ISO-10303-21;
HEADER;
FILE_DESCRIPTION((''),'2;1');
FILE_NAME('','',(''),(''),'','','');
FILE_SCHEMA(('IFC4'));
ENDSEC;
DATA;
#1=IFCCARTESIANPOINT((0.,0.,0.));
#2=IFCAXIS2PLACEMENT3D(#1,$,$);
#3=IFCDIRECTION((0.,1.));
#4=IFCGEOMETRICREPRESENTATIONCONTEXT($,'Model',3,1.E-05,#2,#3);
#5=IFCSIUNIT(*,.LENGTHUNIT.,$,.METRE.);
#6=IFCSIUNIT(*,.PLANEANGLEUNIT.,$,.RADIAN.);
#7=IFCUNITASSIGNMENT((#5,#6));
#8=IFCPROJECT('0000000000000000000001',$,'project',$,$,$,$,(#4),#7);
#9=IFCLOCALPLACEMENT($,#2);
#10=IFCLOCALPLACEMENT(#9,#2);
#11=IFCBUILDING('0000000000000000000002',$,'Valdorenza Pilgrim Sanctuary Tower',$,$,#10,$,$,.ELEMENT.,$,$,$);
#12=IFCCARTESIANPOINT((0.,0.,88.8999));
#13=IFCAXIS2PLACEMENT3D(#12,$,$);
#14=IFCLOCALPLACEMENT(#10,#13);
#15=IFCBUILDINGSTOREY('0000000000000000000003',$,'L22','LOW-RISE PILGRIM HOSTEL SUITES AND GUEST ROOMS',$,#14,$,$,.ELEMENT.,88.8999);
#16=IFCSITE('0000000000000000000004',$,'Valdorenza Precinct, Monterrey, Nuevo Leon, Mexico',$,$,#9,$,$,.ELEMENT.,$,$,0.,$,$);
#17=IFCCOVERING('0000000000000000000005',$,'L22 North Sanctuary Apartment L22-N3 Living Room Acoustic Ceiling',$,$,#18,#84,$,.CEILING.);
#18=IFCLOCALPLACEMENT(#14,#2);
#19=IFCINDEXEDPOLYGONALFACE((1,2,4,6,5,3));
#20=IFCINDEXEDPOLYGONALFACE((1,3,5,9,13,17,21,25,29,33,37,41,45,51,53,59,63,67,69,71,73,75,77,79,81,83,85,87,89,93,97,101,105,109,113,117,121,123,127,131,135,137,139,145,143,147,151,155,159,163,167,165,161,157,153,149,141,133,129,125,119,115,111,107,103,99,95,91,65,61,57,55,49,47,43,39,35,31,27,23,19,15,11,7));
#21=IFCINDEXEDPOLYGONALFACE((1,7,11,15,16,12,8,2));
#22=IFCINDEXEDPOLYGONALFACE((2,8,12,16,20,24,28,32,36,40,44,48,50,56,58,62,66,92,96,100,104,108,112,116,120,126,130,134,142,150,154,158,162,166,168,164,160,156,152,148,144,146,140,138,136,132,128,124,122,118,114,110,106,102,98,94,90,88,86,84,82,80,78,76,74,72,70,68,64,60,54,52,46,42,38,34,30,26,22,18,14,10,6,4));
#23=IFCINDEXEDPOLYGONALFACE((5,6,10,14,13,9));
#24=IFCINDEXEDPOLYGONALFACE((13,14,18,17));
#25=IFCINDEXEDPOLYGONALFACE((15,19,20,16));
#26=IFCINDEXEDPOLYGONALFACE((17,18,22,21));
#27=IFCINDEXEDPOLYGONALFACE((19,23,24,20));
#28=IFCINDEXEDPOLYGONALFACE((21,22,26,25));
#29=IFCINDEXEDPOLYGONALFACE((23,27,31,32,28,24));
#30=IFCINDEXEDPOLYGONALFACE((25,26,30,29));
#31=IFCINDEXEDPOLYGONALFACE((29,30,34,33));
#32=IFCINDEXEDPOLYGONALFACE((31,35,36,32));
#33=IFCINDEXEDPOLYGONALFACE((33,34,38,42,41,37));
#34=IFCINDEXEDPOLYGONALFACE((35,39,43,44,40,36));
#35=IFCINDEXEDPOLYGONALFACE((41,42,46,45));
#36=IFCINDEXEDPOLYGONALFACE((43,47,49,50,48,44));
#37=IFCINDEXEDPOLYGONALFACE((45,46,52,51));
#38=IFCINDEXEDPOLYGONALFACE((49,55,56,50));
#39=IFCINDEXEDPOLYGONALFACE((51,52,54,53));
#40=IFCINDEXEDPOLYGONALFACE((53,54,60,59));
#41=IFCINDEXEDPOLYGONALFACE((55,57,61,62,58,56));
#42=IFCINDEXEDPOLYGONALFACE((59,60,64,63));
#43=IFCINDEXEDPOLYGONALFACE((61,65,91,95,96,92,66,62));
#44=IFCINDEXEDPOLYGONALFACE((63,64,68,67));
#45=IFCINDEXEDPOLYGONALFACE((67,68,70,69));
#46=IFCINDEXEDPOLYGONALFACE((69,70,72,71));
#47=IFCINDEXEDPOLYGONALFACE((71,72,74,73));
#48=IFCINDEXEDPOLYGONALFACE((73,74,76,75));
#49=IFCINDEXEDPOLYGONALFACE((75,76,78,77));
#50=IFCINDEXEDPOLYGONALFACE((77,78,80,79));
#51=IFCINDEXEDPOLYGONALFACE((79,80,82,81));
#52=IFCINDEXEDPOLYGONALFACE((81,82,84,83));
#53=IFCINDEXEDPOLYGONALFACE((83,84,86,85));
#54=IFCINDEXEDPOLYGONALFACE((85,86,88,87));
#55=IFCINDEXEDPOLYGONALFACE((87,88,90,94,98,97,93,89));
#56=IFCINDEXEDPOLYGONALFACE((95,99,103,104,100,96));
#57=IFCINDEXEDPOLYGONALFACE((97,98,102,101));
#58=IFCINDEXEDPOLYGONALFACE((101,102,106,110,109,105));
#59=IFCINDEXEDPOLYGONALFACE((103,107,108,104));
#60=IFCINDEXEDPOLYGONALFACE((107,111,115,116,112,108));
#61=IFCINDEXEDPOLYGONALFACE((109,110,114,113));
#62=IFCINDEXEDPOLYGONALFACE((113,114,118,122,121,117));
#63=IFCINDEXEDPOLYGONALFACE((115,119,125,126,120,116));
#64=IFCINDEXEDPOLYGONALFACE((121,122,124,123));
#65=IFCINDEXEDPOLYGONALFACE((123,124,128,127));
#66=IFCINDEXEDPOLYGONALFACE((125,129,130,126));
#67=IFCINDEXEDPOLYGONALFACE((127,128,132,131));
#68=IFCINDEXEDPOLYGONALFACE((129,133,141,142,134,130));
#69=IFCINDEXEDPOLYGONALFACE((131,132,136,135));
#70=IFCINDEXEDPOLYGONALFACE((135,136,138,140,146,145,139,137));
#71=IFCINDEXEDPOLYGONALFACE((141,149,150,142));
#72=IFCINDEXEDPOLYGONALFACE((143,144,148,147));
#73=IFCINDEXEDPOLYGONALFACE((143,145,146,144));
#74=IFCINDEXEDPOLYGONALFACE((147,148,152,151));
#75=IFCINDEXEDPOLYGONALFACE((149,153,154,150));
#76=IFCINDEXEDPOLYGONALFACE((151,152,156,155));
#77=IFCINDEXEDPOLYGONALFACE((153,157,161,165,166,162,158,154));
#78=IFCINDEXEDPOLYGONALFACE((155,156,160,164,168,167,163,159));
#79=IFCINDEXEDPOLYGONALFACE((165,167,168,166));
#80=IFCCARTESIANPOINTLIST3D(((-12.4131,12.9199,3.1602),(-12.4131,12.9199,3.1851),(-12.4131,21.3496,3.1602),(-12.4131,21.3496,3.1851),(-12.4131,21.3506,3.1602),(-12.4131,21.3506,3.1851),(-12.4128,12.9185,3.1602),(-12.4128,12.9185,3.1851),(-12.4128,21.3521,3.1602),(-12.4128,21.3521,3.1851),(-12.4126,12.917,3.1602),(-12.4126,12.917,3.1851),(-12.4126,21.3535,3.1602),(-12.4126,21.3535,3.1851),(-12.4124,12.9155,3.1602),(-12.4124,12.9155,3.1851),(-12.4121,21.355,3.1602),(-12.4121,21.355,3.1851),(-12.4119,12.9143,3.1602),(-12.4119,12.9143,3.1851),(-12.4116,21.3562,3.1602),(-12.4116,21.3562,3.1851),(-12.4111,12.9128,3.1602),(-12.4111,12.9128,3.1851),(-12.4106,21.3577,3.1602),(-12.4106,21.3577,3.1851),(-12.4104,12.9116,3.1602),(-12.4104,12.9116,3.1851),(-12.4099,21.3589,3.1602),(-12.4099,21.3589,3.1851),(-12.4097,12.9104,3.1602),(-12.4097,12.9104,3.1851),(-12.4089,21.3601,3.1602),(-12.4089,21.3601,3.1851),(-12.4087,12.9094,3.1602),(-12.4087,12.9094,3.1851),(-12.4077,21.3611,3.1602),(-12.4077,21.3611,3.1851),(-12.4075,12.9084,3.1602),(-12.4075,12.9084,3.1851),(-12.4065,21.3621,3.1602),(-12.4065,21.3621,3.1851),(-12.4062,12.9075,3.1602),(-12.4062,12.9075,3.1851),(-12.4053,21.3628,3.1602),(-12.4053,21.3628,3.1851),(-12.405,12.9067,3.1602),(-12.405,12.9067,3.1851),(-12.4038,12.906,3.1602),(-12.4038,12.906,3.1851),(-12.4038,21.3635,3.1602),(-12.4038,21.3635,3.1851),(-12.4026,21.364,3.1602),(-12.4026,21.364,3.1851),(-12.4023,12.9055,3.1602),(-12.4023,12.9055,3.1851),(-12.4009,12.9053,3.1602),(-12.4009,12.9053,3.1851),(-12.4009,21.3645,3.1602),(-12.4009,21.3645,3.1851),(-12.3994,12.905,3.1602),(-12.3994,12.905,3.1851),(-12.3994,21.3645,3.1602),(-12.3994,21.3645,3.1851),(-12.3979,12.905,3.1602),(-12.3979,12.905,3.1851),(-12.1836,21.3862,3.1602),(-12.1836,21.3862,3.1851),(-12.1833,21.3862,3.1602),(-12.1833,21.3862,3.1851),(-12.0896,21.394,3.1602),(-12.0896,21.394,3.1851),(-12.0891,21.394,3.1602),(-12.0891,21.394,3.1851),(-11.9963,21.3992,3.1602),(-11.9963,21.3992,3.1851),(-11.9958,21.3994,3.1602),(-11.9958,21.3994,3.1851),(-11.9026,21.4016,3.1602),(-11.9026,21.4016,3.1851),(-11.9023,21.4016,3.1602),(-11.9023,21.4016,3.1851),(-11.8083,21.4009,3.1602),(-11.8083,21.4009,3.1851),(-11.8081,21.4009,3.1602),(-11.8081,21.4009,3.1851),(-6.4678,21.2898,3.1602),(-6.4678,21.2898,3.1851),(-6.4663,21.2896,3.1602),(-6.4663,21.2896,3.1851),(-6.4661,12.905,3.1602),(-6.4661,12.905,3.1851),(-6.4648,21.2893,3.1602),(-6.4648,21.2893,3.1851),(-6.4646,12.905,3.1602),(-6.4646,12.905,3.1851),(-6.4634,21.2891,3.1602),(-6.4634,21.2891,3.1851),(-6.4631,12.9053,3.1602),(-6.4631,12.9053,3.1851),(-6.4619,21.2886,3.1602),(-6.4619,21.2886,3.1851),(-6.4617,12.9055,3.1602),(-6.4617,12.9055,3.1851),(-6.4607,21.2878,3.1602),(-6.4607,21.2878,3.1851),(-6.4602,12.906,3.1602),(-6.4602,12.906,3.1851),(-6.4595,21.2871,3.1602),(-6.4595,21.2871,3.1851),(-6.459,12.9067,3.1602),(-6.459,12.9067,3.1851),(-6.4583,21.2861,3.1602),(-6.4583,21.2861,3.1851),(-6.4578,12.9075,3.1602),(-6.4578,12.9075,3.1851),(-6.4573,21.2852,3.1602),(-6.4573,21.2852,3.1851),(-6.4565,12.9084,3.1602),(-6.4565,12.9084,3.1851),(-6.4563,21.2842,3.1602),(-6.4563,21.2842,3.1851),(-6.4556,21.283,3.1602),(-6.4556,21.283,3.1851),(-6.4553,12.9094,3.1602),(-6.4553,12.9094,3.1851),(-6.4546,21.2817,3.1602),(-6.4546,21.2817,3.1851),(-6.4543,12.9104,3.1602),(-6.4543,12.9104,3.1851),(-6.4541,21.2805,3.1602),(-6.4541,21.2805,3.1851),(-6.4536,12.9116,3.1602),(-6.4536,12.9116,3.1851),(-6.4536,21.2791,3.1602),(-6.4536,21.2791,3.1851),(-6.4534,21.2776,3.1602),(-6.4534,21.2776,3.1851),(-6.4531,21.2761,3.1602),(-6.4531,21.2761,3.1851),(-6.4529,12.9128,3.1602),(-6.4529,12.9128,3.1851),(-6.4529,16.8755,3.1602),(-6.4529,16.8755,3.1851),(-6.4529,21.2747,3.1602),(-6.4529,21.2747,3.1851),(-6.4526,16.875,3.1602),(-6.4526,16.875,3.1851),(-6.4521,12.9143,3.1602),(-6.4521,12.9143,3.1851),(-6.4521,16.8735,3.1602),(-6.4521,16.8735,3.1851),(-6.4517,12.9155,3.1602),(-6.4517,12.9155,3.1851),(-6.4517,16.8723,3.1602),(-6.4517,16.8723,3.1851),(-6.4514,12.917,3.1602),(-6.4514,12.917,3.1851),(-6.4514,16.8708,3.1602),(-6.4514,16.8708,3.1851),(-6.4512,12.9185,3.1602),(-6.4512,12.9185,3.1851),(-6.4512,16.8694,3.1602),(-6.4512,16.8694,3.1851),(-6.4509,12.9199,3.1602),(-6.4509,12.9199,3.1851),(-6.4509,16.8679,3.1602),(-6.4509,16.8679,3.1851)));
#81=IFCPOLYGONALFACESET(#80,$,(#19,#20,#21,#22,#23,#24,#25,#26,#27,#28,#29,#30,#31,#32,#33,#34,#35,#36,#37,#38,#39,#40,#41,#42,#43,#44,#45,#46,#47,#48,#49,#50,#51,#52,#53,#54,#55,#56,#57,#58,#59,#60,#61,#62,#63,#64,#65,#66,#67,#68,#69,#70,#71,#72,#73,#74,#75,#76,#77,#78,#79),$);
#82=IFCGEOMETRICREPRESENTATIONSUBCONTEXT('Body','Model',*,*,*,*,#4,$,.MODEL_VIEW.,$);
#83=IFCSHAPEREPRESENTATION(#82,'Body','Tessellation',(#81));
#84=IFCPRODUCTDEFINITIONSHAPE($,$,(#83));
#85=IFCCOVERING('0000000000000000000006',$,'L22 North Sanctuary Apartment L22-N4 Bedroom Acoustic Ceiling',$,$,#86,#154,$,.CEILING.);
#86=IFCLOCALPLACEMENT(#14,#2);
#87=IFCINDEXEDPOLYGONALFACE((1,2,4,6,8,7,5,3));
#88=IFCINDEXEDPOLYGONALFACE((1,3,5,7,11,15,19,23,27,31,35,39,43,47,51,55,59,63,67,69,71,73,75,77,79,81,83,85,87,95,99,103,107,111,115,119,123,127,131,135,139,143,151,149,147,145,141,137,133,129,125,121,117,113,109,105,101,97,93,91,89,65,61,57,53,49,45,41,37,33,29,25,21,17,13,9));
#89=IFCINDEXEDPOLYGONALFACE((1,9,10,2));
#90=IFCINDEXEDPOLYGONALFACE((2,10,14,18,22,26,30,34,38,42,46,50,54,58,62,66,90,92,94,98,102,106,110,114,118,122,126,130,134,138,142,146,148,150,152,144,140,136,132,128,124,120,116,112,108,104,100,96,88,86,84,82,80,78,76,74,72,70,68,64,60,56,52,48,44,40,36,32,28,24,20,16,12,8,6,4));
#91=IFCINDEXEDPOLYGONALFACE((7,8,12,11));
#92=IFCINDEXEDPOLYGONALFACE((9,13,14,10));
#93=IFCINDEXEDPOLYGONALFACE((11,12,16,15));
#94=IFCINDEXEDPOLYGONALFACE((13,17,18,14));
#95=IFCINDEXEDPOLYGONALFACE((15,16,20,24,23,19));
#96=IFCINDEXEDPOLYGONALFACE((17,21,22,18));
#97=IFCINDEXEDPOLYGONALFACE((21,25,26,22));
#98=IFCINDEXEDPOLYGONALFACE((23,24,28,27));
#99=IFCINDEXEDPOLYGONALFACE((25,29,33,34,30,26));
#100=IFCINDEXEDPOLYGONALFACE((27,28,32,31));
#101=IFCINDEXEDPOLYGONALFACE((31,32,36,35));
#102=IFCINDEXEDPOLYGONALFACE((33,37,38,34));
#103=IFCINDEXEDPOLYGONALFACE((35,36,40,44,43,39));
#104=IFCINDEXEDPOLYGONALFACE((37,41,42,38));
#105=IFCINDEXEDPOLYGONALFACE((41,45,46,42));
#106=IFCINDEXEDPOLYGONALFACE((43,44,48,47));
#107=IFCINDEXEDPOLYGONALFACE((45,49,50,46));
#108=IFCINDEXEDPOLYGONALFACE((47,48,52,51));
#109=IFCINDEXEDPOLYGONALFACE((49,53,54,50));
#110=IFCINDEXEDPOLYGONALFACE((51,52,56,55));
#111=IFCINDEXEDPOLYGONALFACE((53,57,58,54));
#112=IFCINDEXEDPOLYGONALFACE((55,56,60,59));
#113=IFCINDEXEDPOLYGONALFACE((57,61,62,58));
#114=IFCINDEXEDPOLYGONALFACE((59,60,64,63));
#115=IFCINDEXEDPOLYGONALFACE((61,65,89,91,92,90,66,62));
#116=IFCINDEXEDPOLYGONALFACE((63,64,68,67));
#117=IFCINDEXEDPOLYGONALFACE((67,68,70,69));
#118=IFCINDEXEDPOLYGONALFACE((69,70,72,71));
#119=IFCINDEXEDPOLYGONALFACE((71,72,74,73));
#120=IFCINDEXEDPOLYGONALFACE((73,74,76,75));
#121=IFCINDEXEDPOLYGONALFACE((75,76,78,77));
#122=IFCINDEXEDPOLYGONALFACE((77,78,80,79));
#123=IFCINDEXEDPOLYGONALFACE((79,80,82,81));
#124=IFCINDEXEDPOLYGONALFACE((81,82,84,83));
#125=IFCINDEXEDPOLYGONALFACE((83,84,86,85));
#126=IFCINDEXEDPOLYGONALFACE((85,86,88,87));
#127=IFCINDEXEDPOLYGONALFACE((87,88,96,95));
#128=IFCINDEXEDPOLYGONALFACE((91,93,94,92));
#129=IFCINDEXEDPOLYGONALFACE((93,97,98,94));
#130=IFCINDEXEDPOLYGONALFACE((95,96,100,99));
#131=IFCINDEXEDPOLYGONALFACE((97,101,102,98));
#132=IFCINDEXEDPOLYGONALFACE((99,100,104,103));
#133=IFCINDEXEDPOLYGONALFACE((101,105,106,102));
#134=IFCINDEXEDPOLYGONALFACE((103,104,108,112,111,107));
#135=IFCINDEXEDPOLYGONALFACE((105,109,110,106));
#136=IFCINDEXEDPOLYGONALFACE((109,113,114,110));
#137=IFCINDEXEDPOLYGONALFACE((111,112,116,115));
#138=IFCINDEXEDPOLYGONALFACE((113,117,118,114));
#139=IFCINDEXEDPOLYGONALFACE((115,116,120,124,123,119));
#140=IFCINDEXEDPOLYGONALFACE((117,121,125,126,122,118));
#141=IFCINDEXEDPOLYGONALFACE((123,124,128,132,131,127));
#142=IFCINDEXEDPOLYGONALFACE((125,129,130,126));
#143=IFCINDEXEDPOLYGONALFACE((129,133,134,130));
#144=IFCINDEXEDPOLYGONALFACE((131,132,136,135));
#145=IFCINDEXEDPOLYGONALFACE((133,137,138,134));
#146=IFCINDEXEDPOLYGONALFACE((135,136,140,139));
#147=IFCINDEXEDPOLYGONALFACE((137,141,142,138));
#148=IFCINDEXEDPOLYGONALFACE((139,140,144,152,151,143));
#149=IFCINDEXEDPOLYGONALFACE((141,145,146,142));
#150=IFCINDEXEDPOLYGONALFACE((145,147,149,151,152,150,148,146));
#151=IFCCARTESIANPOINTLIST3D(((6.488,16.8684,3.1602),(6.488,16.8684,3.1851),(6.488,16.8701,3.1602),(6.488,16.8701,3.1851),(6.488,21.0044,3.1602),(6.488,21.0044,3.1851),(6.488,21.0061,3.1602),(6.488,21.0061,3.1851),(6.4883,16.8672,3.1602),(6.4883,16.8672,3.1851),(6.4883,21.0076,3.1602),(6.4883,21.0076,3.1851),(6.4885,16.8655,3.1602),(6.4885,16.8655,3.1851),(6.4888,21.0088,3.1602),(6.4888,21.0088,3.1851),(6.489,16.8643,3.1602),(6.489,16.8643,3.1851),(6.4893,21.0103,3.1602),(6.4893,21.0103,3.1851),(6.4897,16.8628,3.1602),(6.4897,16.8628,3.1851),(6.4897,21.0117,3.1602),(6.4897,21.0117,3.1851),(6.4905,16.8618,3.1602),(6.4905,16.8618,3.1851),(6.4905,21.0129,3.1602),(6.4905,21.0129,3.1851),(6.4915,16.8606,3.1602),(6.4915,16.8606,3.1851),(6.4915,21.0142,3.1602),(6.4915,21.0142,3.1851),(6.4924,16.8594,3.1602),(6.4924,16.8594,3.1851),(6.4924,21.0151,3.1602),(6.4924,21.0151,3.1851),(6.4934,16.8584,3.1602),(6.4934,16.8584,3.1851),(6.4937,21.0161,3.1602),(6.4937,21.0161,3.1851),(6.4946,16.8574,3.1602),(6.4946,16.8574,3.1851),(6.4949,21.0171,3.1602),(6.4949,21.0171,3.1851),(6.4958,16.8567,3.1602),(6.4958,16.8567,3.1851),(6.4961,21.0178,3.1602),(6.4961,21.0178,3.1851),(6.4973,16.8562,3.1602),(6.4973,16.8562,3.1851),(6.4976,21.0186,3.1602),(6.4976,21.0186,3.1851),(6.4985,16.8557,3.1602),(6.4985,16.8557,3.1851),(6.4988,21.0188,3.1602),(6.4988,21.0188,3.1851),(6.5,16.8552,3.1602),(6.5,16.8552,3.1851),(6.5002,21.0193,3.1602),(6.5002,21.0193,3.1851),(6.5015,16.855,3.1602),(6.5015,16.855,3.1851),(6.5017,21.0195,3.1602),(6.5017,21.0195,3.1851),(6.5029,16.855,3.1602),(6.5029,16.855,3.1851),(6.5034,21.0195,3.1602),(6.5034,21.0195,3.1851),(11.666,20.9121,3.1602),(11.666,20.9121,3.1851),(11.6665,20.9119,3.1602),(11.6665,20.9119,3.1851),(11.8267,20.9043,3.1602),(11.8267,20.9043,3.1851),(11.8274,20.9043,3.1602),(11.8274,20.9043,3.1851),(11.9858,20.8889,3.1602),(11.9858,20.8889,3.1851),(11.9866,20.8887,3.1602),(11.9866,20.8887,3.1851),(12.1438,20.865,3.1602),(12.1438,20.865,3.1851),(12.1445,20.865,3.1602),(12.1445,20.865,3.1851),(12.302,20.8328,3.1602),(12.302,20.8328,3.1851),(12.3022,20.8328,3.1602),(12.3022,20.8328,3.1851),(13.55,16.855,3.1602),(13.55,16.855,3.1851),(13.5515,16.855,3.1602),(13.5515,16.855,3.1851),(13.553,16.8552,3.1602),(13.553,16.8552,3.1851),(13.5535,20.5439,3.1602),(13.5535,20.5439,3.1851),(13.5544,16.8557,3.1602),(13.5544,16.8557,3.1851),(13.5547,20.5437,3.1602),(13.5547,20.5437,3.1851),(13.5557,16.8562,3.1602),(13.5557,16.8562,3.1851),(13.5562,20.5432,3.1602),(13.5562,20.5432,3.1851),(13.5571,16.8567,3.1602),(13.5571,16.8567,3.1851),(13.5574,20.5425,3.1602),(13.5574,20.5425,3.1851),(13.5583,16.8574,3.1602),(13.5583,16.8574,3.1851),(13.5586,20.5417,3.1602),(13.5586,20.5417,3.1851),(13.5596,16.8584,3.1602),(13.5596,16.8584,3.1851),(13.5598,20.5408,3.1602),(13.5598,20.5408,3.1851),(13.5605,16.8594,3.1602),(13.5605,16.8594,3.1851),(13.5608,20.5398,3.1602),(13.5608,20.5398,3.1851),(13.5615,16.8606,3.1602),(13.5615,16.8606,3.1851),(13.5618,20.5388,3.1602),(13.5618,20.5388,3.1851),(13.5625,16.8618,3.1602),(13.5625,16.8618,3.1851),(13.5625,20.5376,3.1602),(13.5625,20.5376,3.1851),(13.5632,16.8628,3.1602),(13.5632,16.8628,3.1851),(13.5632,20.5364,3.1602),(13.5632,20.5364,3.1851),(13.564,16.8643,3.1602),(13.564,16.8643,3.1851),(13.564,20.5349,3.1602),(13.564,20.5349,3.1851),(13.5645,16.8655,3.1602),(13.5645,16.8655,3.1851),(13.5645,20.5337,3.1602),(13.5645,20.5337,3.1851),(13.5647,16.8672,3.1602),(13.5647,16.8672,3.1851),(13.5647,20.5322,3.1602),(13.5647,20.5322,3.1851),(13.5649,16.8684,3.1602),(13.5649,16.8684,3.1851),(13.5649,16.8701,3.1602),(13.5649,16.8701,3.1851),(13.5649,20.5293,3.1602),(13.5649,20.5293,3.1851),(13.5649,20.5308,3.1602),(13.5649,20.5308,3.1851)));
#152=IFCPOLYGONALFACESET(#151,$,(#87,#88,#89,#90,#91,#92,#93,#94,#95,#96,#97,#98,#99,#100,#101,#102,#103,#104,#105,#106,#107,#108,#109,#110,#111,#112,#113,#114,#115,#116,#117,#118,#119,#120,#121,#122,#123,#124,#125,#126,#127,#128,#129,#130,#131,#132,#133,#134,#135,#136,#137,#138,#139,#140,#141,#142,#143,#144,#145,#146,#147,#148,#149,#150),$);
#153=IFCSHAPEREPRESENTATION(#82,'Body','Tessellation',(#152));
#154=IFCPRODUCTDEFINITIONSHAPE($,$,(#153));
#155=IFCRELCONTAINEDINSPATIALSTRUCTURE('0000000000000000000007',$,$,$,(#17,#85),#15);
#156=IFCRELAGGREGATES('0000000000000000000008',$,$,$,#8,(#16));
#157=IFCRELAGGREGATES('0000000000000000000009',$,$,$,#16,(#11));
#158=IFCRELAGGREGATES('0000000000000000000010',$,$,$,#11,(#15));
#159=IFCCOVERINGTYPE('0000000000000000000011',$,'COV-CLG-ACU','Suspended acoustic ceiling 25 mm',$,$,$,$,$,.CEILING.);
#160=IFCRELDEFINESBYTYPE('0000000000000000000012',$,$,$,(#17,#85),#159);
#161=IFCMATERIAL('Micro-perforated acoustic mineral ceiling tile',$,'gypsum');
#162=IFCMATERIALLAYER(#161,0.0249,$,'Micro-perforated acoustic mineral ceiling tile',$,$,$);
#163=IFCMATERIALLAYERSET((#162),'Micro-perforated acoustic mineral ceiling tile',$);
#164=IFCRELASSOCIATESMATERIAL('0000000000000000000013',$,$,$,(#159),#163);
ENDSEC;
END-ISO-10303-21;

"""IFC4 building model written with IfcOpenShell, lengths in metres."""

from ifc_helpers import new_model, si_unit, direction, frame, origin, place, context, subcontext, project, spatial, polyline, outline, extrude, material, layer, layer_set, type_object, element, save


model = new_model("IFC4")

# Units and contexts
model_context = context("Model", 3, precision=1e-05, world=origin(), true_north=direction((0.0, 1.0)))
body_context = subcontext(model_context, "Body", "Model", "MODEL_VIEW")
ifc_project = project(units=[si_unit("LENGTHUNIT", "METRE"), si_unit("PLANEANGLEUNIT", "RADIAN")], contexts=[model_context])

# Site, building, storey
site_placement = place(None, origin())
site = spatial("IfcSite", under=ifc_project, at=site_placement, Name="Valdorenza Precinct, Monterrey, Nuevo Leon, Mexico", CompositionType="ELEMENT", RefElevation=0.0)
building_placement = place(site_placement, origin())
building = spatial("IfcBuilding", under=site, at=building_placement, Name="Valdorenza Pilgrim Sanctuary Tower", CompositionType="ELEMENT")
storey_placement = place(building_placement, frame((0.0, 0.0, 88.8999)))
storey = spatial("IfcBuildingStorey", under=building, at=storey_placement, Name="L22", Description="LOW-RISE PILGRIM HOSTEL SUITES AND GUEST ROOMS", CompositionType="ELEMENT", Elevation=88.8999)

# Coverings
ifc_material_1 = material(Name="Micro-perforated acoustic mineral ceiling tile", Category="gypsum")
ifc_layer_1 = layer(ifc_material_1, 0.0249, Name="Micro-perforated acoustic mineral ceiling tile")
ifc_layer_set_1 = layer_set([ifc_layer_1], Name="Micro-perforated acoustic mineral ceiling tile")
covering_type_1 = type_object("IfcCoveringType", Name="COV-CLG-ACU", Description="Suspended acoustic ceiling 25 mm", PredefinedType="CEILING", material=ifc_layer_set_1)
covering_1_placement = place(storey_placement, frame((0.0, 0.0, 3.1602)))
element("IfcCovering", 1, at=covering_1_placement, inside=storey, type_object=covering_type_1, Name="L22 North Sanctuary Apartment L22-N3 Living Room Acoustic Ceiling", PredefinedType="CEILING", context=body_context, shape_type="SweptSolid", body=[
    extrude(outline(polyline([(-12.4131, 21.3496), (-12.4131, 21.3506), (-12.4128, 21.3521), (-12.4126, 21.3535), (-12.4121, 21.355), (-12.4116, 21.3562), (-12.4106, 21.3577), (-12.4099, 21.3589), (-12.4089, 21.3601), (-12.4077, 21.3611), (-12.4065, 21.3621), (-12.4053, 21.3628), (-12.4038, 21.3635), (-12.4026, 21.364), (-12.4009, 21.3645), (-12.3994, 21.3645), (-12.1836, 21.3862), (-12.1833, 21.3862), (-12.0896, 21.394), (-12.0891, 21.394), (-11.9963, 21.3992), (-11.9958, 21.3994), (-11.9026, 21.4016), (-11.9023, 21.4016), (-11.8083, 21.4009), (-11.8081, 21.4009), (-6.4678, 21.2898), (-6.4663, 21.2896), (-6.4648, 21.2893), (-6.4634, 21.2891), (-6.4619, 21.2886), (-6.4607, 21.2878), (-6.4595, 21.2871), (-6.4583, 21.2861), (-6.4573, 21.2852), (-6.4563, 21.2842), (-6.4556, 21.283), (-6.4546, 21.2817), (-6.4541, 21.2805), (-6.4536, 21.2791), (-6.4534, 21.2776), (-6.4531, 21.2761), (-6.4529, 21.2747), (-6.4529, 16.8755), (-6.4526, 16.875), (-6.4521, 16.8735), (-6.4517, 16.8723), (-6.4514, 16.8708), (-6.4512, 16.8694), (-6.4509, 16.8679), (-6.4509, 12.9199), (-6.4512, 12.9185), (-6.4514, 12.917), (-6.4517, 12.9155), (-6.4521, 12.9143), (-6.4529, 12.9128), (-6.4536, 12.9116), (-6.4543, 12.9104), (-6.4553, 12.9094), (-6.4565, 12.9084), (-6.4578, 12.9075), (-6.459, 12.9067), (-6.4602, 12.906), (-6.4617, 12.9055), (-6.4631, 12.9053), (-6.4646, 12.905), (-6.4661, 12.905), (-12.3979, 12.905), (-12.3994, 12.905), (-12.4009, 12.9053), (-12.4023, 12.9055), (-12.4038, 12.906), (-12.405, 12.9067), (-12.4062, 12.9075), (-12.4075, 12.9084), (-12.4087, 12.9094), (-12.4097, 12.9104), (-12.4104, 12.9116), (-12.4111, 12.9128), (-12.4119, 12.9143), (-12.4124, 12.9155), (-12.4126, 12.917), (-12.4128, 12.9185), (-12.4131, 12.9199), (-12.4131, 21.3496), (-12.4131, 21.3496)])), origin(), (0.0, 0.0, 1.0), 0.0249),
])
covering_2_placement = place(storey_placement, frame((0.0, 0.0, 3.1602)))
element("IfcCovering", 2, at=covering_2_placement, inside=storey, type_object=covering_type_1, Name="L22 North Sanctuary Apartment L22-N4 Bedroom Acoustic Ceiling", PredefinedType="CEILING", context=body_context, shape_type="SweptSolid", body=[
    extrude(outline(polyline([(6.5029, 16.855), (6.5015, 16.855), (6.5, 16.8552), (6.4985, 16.8557), (6.4973, 16.8562), (6.4958, 16.8567), (6.4946, 16.8574), (6.4934, 16.8584), (6.4924, 16.8594), (6.4915, 16.8606), (6.4905, 16.8618), (6.4897, 16.8628), (6.489, 16.8643), (6.4885, 16.8655), (6.4883, 16.8672), (6.488, 16.8684), (6.488, 16.8701), (6.488, 21.0044), (6.488, 21.0061), (6.4883, 21.0076), (6.4888, 21.0088), (6.4893, 21.0103), (6.4897, 21.0117), (6.4905, 21.0129), (6.4915, 21.0142), (6.4924, 21.0151), (6.4937, 21.0161), (6.4949, 21.0171), (6.4961, 21.0178), (6.4976, 21.0186), (6.4988, 21.0188), (6.5002, 21.0193), (6.5017, 21.0195), (6.5034, 21.0195), (11.666, 20.9121), (11.6665, 20.9119), (11.8267, 20.9043), (11.8274, 20.9043), (11.9858, 20.8889), (11.9866, 20.8887), (12.1438, 20.865), (12.1445, 20.865), (12.302, 20.8328), (12.3022, 20.8328), (13.5535, 20.5439), (13.5547, 20.5437), (13.5562, 20.5432), (13.5574, 20.5425), (13.5586, 20.5417), (13.5598, 20.5408), (13.5608, 20.5398), (13.5618, 20.5388), (13.5625, 20.5376), (13.5632, 20.5364), (13.564, 20.5349), (13.5645, 20.5337), (13.5647, 20.5322), (13.5649, 20.5308), (13.5649, 20.5293), (13.5649, 16.8701), (13.5649, 16.8684), (13.5647, 16.8672), (13.5645, 16.8655), (13.564, 16.8643), (13.5632, 16.8628), (13.5625, 16.8618), (13.5615, 16.8606), (13.5605, 16.8594), (13.5596, 16.8584), (13.5583, 16.8574), (13.5571, 16.8567), (13.5557, 16.8562), (13.5544, 16.8557), (13.553, 16.8552), (13.5515, 16.855), (13.55, 16.855), (6.5029, 16.855)])), origin(), (0.0, 0.0, 1.0), 0.0249),
])

save(model, "model.ifc")
